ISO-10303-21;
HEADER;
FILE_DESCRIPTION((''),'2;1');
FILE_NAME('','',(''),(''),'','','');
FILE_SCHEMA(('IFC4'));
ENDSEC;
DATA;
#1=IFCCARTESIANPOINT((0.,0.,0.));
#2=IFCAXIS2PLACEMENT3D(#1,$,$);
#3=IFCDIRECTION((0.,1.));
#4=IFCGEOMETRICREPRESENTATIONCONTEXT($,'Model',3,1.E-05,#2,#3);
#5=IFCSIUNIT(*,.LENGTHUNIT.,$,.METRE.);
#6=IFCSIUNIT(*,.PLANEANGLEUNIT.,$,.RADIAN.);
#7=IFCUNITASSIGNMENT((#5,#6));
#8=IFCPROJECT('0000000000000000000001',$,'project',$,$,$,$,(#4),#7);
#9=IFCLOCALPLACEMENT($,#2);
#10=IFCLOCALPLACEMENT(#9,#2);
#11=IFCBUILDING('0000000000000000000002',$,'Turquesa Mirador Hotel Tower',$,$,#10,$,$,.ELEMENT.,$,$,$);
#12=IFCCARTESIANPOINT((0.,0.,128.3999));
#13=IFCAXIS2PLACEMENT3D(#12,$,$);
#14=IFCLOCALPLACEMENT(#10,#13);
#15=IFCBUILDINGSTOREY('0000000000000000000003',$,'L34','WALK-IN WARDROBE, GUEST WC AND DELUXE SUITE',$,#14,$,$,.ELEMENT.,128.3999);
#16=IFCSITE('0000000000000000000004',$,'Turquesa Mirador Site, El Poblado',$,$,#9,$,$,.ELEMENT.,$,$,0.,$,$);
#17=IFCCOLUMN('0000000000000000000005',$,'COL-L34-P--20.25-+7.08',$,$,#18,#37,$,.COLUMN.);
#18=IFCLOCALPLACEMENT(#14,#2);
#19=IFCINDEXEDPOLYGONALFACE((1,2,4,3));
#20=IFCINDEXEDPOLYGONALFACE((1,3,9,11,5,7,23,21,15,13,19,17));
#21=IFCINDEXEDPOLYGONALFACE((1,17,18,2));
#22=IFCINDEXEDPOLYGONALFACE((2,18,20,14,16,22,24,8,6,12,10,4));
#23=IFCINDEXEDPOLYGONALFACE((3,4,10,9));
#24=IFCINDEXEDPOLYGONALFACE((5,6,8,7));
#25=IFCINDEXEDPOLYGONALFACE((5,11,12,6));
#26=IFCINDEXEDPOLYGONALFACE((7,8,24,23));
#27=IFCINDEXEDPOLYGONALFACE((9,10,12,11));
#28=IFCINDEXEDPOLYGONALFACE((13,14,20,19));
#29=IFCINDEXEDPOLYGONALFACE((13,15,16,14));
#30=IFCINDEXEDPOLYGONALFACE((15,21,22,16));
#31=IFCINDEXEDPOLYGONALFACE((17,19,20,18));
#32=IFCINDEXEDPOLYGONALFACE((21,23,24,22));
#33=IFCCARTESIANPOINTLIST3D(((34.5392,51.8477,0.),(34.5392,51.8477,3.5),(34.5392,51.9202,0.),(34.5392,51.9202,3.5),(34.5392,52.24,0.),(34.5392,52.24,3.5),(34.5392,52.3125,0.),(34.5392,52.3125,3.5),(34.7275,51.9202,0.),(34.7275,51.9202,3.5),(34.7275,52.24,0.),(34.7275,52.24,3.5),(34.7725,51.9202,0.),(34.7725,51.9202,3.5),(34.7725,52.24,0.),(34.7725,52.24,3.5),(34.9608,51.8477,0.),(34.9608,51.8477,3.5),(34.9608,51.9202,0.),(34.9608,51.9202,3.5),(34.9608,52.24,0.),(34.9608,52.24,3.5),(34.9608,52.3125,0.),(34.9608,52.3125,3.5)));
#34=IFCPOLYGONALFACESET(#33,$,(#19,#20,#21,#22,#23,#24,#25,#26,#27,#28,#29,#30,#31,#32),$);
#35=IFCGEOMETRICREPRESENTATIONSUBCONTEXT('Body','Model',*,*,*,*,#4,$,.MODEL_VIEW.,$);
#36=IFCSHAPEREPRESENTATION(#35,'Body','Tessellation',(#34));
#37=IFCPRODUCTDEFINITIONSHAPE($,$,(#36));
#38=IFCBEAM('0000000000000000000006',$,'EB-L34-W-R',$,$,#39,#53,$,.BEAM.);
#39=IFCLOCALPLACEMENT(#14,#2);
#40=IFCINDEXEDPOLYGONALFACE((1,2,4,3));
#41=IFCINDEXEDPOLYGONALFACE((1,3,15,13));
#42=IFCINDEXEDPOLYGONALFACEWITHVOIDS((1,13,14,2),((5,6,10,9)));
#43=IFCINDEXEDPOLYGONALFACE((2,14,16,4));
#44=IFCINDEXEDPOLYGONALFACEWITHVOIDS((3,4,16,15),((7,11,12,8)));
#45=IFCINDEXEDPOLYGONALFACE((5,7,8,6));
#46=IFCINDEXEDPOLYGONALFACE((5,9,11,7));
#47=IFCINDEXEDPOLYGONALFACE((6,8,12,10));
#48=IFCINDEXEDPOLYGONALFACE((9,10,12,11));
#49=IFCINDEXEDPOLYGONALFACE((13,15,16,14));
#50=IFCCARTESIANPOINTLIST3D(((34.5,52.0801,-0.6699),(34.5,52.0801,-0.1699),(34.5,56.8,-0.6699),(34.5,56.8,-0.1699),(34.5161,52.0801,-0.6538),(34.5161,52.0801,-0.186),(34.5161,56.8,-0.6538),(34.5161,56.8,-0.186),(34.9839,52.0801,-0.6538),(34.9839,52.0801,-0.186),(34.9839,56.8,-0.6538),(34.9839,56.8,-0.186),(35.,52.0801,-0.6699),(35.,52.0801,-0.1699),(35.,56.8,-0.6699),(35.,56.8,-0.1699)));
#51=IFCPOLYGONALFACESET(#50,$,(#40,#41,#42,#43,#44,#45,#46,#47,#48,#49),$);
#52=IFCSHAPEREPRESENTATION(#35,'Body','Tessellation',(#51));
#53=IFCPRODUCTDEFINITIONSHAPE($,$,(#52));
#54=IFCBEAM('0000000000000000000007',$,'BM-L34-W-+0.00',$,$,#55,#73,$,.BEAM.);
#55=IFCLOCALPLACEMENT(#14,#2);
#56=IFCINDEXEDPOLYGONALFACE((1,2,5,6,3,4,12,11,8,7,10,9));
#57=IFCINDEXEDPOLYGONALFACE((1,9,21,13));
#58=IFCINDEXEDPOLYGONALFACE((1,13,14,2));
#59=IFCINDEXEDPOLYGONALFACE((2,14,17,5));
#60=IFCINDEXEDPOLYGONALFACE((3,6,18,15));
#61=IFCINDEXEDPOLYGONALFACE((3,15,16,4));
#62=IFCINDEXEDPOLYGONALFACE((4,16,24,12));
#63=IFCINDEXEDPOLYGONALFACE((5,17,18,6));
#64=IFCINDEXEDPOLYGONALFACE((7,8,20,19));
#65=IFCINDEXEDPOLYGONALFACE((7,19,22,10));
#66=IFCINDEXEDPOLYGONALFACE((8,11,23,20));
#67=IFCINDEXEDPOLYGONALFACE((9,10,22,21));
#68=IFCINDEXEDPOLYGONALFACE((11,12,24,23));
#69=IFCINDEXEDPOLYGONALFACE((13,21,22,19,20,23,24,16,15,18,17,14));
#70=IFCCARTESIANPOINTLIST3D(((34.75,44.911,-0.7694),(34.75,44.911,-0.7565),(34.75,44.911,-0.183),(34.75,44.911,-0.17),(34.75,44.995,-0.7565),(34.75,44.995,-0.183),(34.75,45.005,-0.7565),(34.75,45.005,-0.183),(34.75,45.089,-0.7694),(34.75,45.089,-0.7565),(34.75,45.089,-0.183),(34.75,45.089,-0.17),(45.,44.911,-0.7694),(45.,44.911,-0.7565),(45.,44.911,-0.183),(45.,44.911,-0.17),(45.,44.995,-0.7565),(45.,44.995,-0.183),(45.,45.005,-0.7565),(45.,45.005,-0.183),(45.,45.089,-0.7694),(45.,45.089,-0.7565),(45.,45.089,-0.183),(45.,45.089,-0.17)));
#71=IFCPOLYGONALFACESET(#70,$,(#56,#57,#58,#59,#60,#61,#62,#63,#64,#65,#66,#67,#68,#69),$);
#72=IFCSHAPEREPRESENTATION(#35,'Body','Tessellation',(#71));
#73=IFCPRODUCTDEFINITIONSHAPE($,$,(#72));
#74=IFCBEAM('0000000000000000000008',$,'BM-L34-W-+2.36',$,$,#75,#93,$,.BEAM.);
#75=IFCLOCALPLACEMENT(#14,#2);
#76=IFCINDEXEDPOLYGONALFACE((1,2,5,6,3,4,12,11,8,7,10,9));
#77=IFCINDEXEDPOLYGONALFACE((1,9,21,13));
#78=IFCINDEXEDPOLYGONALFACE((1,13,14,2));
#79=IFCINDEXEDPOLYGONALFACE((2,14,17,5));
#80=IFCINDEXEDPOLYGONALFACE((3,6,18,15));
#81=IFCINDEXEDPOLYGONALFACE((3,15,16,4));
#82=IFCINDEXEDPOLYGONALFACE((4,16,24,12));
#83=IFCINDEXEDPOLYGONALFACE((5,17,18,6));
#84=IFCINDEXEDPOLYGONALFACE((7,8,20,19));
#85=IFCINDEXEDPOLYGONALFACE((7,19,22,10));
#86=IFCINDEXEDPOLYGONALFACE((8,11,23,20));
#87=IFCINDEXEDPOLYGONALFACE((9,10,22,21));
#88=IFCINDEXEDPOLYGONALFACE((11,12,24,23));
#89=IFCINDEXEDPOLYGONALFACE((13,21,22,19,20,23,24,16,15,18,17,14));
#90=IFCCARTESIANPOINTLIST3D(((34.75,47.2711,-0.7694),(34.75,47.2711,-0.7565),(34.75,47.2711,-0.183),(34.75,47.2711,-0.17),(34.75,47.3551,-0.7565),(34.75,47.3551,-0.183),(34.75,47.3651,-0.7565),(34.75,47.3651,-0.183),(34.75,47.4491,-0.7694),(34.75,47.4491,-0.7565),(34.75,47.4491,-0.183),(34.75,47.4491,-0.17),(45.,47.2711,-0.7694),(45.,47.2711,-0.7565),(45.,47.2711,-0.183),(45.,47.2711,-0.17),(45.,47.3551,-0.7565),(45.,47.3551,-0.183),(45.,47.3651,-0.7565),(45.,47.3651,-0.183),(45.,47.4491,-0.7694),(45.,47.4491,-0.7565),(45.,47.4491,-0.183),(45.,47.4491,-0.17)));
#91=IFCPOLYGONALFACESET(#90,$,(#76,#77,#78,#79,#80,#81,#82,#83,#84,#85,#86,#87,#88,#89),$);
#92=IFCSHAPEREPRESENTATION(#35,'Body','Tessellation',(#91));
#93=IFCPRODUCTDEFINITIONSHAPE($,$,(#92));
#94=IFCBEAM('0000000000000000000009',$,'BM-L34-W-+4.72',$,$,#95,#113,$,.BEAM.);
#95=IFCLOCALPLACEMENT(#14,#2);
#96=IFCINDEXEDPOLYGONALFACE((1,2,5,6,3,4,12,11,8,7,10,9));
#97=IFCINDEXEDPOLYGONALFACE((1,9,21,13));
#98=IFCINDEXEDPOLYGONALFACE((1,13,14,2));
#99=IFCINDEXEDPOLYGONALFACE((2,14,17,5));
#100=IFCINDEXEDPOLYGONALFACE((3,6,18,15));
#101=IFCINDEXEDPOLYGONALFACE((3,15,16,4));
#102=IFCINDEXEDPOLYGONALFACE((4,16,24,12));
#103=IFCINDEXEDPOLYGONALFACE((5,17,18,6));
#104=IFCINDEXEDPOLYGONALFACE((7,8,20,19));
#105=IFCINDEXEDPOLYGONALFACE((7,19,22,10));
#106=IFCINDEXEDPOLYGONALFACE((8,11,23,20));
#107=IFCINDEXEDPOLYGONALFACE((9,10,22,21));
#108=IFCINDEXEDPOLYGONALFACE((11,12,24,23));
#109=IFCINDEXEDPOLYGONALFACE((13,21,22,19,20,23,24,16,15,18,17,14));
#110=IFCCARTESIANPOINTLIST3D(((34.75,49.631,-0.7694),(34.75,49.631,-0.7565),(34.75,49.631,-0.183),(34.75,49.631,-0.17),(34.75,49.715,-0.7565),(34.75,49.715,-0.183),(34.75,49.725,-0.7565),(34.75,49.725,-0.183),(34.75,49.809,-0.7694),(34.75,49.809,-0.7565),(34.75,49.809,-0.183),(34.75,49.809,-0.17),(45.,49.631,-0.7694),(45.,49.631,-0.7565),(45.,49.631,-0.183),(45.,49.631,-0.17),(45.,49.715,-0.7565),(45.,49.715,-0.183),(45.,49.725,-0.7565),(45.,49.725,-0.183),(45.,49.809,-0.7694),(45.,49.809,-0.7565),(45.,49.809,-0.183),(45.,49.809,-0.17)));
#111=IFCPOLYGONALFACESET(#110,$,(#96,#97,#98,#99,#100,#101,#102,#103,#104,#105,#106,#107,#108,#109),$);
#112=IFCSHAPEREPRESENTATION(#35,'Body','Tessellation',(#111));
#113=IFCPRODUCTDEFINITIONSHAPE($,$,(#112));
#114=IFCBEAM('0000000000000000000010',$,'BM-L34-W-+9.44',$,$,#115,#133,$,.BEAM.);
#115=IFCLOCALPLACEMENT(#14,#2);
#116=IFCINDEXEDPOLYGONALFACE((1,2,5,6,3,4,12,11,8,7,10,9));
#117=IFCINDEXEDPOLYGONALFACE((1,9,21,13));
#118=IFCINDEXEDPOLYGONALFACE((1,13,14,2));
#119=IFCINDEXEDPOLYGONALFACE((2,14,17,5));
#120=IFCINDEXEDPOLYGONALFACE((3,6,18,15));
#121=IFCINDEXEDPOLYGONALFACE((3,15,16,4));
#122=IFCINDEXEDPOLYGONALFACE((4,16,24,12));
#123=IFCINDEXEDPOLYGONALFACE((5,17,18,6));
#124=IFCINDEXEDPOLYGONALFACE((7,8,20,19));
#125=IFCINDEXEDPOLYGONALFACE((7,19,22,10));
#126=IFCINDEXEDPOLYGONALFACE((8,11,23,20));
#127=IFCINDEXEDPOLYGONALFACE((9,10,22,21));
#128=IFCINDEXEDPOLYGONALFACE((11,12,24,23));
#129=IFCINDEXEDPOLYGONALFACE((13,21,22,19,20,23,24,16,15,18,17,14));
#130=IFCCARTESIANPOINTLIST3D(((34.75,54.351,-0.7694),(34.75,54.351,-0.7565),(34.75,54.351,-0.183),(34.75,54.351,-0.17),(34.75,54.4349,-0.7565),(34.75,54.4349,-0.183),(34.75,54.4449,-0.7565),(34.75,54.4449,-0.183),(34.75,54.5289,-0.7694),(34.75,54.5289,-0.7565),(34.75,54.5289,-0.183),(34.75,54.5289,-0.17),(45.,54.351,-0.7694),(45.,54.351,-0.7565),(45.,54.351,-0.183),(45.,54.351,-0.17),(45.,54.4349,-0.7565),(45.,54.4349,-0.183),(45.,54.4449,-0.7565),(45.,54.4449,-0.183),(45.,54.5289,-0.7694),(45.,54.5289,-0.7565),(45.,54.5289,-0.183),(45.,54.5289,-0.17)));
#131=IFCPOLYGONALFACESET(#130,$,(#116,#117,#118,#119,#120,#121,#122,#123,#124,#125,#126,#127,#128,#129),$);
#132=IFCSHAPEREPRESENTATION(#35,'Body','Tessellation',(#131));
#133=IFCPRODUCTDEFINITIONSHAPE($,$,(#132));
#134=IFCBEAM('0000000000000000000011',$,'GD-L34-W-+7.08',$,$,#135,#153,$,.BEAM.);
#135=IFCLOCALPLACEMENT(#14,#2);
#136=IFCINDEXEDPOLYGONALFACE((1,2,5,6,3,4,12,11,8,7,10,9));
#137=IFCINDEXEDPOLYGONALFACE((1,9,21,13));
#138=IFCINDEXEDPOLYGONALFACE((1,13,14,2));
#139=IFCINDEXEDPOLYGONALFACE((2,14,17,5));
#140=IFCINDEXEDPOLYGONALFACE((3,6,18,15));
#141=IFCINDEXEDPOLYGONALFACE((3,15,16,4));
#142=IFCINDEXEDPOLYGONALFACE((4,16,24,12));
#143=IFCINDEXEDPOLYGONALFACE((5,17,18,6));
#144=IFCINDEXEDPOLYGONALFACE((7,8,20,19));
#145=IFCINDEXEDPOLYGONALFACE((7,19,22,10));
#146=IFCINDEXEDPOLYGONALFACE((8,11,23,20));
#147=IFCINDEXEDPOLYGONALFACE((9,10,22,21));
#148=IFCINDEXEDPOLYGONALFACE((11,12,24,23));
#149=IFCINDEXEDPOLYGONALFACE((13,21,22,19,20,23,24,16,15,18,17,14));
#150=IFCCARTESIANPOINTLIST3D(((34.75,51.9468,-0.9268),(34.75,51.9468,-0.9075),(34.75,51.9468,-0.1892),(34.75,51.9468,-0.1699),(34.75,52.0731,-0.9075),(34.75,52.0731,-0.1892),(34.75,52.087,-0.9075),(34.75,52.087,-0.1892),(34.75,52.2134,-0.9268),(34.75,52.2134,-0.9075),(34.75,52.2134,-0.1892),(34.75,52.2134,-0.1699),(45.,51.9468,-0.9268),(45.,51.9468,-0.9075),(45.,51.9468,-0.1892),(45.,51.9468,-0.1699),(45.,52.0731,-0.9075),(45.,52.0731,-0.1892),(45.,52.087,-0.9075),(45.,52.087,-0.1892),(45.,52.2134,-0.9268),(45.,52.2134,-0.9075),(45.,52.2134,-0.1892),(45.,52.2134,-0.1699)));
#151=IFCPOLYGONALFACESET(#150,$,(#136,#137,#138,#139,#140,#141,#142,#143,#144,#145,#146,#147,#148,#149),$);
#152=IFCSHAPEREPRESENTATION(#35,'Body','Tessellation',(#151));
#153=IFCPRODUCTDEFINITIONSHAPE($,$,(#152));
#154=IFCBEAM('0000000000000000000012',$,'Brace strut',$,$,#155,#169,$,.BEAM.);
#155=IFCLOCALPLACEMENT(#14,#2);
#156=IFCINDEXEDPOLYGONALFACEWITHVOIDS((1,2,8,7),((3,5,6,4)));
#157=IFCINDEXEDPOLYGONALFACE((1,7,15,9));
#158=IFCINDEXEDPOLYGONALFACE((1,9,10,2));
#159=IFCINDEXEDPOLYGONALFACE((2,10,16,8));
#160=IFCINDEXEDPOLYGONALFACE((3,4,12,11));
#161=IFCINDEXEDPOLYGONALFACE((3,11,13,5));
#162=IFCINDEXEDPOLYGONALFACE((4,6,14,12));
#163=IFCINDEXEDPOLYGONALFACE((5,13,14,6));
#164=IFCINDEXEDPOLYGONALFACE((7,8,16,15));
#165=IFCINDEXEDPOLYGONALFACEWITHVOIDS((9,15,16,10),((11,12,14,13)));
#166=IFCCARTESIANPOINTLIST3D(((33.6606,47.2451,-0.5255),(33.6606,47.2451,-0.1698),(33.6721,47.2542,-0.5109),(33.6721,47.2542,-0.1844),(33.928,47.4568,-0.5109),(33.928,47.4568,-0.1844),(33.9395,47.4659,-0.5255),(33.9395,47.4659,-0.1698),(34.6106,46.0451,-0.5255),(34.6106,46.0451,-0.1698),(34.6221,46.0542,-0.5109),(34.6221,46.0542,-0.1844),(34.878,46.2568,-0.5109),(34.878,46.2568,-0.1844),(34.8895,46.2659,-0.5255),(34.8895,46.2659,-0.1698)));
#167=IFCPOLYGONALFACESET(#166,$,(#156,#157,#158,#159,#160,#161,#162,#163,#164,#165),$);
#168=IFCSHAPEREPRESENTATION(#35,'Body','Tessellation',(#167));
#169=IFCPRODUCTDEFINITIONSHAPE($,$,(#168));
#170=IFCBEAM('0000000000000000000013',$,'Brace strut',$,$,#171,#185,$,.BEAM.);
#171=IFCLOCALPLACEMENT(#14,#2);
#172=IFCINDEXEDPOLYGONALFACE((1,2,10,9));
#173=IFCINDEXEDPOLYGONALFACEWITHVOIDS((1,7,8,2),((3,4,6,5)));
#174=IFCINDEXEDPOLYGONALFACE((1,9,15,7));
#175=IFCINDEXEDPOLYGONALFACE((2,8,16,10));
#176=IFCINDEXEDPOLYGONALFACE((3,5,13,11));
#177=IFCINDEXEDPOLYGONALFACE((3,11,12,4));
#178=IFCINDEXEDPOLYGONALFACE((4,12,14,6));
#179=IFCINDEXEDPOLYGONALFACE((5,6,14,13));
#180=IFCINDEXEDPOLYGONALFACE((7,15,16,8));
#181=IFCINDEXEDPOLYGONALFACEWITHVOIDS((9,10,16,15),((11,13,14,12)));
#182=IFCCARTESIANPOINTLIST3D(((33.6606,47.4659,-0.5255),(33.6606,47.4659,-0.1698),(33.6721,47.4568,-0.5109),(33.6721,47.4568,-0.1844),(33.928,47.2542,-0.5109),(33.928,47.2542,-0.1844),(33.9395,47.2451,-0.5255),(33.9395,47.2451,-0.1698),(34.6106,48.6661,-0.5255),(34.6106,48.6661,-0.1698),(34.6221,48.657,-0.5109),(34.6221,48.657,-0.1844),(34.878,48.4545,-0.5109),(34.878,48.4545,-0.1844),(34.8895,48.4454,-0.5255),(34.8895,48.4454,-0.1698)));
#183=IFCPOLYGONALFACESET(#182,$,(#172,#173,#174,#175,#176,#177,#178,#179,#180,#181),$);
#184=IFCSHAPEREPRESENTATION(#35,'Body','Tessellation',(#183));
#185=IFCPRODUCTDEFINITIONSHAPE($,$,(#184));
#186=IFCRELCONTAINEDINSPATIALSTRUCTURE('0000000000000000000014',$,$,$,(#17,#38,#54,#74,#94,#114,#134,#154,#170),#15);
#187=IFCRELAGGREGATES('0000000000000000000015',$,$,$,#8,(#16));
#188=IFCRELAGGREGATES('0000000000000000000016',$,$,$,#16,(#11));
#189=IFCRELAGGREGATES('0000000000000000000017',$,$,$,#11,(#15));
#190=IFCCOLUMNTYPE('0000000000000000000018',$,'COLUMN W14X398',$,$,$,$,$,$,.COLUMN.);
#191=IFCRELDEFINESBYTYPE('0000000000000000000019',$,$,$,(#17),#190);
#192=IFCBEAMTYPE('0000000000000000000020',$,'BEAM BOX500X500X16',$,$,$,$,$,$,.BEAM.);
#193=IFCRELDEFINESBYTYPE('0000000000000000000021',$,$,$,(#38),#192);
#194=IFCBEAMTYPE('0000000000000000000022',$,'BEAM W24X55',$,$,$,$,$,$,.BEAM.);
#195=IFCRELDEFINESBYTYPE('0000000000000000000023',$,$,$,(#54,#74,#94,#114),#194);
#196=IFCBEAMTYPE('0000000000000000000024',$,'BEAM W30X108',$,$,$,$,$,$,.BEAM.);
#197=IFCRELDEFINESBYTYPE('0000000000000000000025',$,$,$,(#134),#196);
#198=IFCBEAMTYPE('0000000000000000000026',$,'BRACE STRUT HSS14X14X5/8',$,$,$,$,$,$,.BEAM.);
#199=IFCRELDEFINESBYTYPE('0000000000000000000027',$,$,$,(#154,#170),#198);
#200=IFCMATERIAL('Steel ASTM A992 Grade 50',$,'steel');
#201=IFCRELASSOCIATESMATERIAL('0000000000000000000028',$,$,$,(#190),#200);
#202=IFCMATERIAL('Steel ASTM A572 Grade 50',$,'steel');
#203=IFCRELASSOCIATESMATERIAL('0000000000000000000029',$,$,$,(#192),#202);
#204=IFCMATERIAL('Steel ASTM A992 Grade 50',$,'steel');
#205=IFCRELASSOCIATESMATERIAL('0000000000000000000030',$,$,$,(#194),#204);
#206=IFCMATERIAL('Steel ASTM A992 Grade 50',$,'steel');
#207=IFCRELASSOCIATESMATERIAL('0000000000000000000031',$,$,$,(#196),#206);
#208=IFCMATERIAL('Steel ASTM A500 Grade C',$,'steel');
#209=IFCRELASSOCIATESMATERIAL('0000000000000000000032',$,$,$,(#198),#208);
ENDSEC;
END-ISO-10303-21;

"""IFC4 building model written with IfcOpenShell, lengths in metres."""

from ifc_helpers import new_model, si_unit, direction, frame, origin, origin_2d, place, context, subcontext, project, spatial, hollow_rectangle, i_section, extrude, material, material_profile, profile_set, type_object, element, save


model = new_model("IFC4")

# Units and contexts
model_context = context("Model", 3, precision=1e-05, world=origin(), true_north=direction((0.0, 1.0)))
body_context = subcontext(model_context, "Body", "Model", "MODEL_VIEW")
ifc_project = project(units=[si_unit("LENGTHUNIT", "METRE"), si_unit("PLANEANGLEUNIT", "RADIAN")], contexts=[model_context])

# Site, building, storey
site_placement = place(None, origin())
site = spatial("IfcSite", under=ifc_project, at=site_placement, Name="Turquesa Mirador Site, El Poblado", CompositionType="ELEMENT", RefElevation=0.0)
building_placement = place(site_placement, origin())
building = spatial("IfcBuilding", under=site, at=building_placement, Name="Turquesa Mirador Hotel Tower", CompositionType="ELEMENT")
storey_placement = place(building_placement, frame((0.0, 0.0, 128.3999)))
storey = spatial("IfcBuildingStorey", under=building, at=storey_placement, Name="L34", Description="WALK-IN WARDROBE, GUEST WC AND DELUXE SUITE", CompositionType="ELEMENT", Elevation=128.3999)

# Column
ifc_material_1 = material(Name="Steel ASTM A992 Grade 50", Category="steel")
ifc_material_profile_1 = material_profile(ifc_material_1, i_section(OverallWidth=0.4216, OverallDepth=0.4648, WebThickness=0.0449, FlangeThickness=0.0725, at=origin_2d()), Name="W14X398")
ifc_profile_set_1 = profile_set([ifc_material_profile_1], Name="Steel ASTM A992 Grade 50")
column_type = type_object("IfcColumnType", Name="COLUMN W14X398", PredefinedType="COLUMN", material=ifc_profile_set_1)
column_placement = place(storey_placement, frame((34.75, 52.0801, 0.0), z_axis=(0.0, 0.0, 1.0), x_axis=(1.0, 0.0, 0.0)))
element("IfcColumn", 1, at=column_placement, inside=storey, type_object=column_type, Name="COL-L34-P--20.25-+7.08", PredefinedType="COLUMN", context=body_context, shape_type="SweptSolid", body=[
    extrude(i_section(OverallWidth=0.4216, OverallDepth=0.4648, WebThickness=0.0449, FlangeThickness=0.0725, at=origin_2d()), origin(), (0.0, 0.0, 1.0), 3.5),
])

# Beams
ifc_material_2 = material(Name="Steel ASTM A572 Grade 50", Category="steel")
ifc_material_profile_2 = material_profile(ifc_material_2, hollow_rectangle(XDim=0.5, YDim=0.5, WallThickness=0.0161, at=origin_2d()), Name="BOX500X500X16")
ifc_profile_set_2 = profile_set([ifc_material_profile_2], Name="Steel ASTM A572 Grade 50")
beam_type_1 = type_object("IfcBeamType", Name="BEAM BOX500X500X16", PredefinedType="BEAM", material=ifc_profile_set_2)
beam_1_placement = place(storey_placement, frame((34.75, 52.0801, -0.4199), z_axis=(0.0, 1.0, 0.0), x_axis=(-1.0, 0.0, 0.0)))
element("IfcBeam", 2, at=beam_1_placement, inside=storey, type_object=beam_type_1, Name="EB-L34-W-R", PredefinedType="BEAM", context=body_context, shape_type="SweptSolid", body=[
    extrude(hollow_rectangle(XDim=0.5, YDim=0.5, WallThickness=0.0161, at=origin_2d()), origin(), (0.0, 0.0, 1.0), 4.72),
])
ifc_material_3 = material(Name="Steel ASTM A992 Grade 50", Category="steel")
ifc_material_profile_3 = material_profile(ifc_material_3, i_section(OverallWidth=0.178, OverallDepth=0.5994, WebThickness=0.01, FlangeThickness=0.0129, at=origin_2d()), Name="W24X55")
ifc_profile_set_3 = profile_set([ifc_material_profile_3], Name="Steel ASTM A992 Grade 50")
beam_type_2 = type_object("IfcBeamType", Name="BEAM W24X55", PredefinedType="BEAM", material=ifc_profile_set_3)
for number, where, z_axis, x_axis, name in (
    (3, (34.75, 45.0, -0.4697), (1.0, 0.0, 0.0), (0.0, 1.0, 0.0), "BM-L34-W-+0.00"),
    (4, (34.75, 47.3601, -0.4697), (1.0, 0.0, 0.0), (0.0, 1.0, 0.0), "BM-L34-W-+2.36"),
    (5, (34.75, 49.72, -0.4697), (1.0, 0.0, 0.0), (0.0, 1.0, 0.0), "BM-L34-W-+4.72"),
    (6, (34.75, 54.4399, -0.4697), (1.0, 0.0, 0.0), (0.0, 1.0, 0.0), "BM-L34-W-+9.44"),
):
    element("IfcBeam", number, at=place(storey_placement, frame(where, z_axis=z_axis, x_axis=x_axis)), inside=storey, type_object=beam_type_2, Name=name, PredefinedType="BEAM", context=body_context, shape_type="SweptSolid", body=[
        extrude(i_section(OverallWidth=0.178, OverallDepth=0.5994, WebThickness=0.01, FlangeThickness=0.0129, at=origin_2d()), origin(), (0.0, 0.0, 1.0), 10.25),
    ])
ifc_material_4 = material(Name="Steel ASTM A992 Grade 50", Category="steel")
ifc_material_profile_4 = material_profile(ifc_material_4, i_section(OverallWidth=0.2666, OverallDepth=0.7568, WebThickness=0.0139, FlangeThickness=0.0193, at=origin_2d()), Name="W30X108")
ifc_profile_set_4 = profile_set([ifc_material_profile_4], Name="Steel ASTM A992 Grade 50")
beam_type_3 = type_object("IfcBeamType", Name="BEAM W30X108", PredefinedType="BEAM", material=ifc_profile_set_4)
beam_2_placement = place(storey_placement, frame((34.75, 52.0801, -0.5483), z_axis=(1.0, 0.0, 0.0), x_axis=(0.0, 1.0, 0.0)))
element("IfcBeam", 7, at=beam_2_placement, inside=storey, type_object=beam_type_3, Name="GD-L34-W-+7.08", PredefinedType="BEAM", context=body_context, shape_type="SweptSolid", body=[
    extrude(i_section(OverallWidth=0.2666, OverallDepth=0.7568, WebThickness=0.0139, FlangeThickness=0.0193, at=origin_2d()), origin(), (0.0, 0.0, 1.0), 10.25),
])
ifc_material_5 = material(Name="Steel ASTM A500 Grade C", Category="steel")
ifc_material_profile_5 = material_profile(ifc_material_5, hollow_rectangle(XDim=0.3557, YDim=0.3557, WallThickness=0.0146, at=origin_2d()), Name="HSS14X14X5/8")
ifc_profile_set_5 = profile_set([ifc_material_profile_5], Name="Steel ASTM A500 Grade C")
beam_type_4 = type_object("IfcBeamType", Name="BRACE STRUT HSS14X14X5/8", PredefinedType="BEAM", material=ifc_profile_set_5)
beam_3_placement = place(storey_placement, frame((33.8, 47.3555, -0.3477), z_axis=(0.620699, -0.784049, 0.0), x_axis=(0.784049, 0.620699, 0.0)))
element("IfcBeam", 8, at=beam_3_placement, inside=storey, type_object=beam_type_4, Name="Brace strut", PredefinedType="BEAM", context=body_context, shape_type="SweptSolid", body=[
    extrude(hollow_rectangle(XDim=0.3557, YDim=0.3557, WallThickness=0.0146, at=origin_2d()), origin(), (0.0, 0.0, 1.0), 1.5305),
])
for number, where, z_axis, x_axis, name in (
    (9, (33.8, 47.3555, -0.3477), (0.620621, 0.784111, 0.0), (-0.784111, 0.620621, 0.0), "Brace strut"),
):
    element("IfcBeam", number, at=place(storey_placement, frame(where, z_axis=z_axis, x_axis=x_axis)), inside=storey, type_object=beam_type_4, Name=name, PredefinedType="BEAM", context=body_context, shape_type="SweptSolid", body=[
        extrude(hollow_rectangle(XDim=0.3557, YDim=0.3557, WallThickness=0.0146, at=origin_2d()), origin(), (0.0, 0.0, 1.0), 1.5308),
    ])

save(model, "model.ifc")
